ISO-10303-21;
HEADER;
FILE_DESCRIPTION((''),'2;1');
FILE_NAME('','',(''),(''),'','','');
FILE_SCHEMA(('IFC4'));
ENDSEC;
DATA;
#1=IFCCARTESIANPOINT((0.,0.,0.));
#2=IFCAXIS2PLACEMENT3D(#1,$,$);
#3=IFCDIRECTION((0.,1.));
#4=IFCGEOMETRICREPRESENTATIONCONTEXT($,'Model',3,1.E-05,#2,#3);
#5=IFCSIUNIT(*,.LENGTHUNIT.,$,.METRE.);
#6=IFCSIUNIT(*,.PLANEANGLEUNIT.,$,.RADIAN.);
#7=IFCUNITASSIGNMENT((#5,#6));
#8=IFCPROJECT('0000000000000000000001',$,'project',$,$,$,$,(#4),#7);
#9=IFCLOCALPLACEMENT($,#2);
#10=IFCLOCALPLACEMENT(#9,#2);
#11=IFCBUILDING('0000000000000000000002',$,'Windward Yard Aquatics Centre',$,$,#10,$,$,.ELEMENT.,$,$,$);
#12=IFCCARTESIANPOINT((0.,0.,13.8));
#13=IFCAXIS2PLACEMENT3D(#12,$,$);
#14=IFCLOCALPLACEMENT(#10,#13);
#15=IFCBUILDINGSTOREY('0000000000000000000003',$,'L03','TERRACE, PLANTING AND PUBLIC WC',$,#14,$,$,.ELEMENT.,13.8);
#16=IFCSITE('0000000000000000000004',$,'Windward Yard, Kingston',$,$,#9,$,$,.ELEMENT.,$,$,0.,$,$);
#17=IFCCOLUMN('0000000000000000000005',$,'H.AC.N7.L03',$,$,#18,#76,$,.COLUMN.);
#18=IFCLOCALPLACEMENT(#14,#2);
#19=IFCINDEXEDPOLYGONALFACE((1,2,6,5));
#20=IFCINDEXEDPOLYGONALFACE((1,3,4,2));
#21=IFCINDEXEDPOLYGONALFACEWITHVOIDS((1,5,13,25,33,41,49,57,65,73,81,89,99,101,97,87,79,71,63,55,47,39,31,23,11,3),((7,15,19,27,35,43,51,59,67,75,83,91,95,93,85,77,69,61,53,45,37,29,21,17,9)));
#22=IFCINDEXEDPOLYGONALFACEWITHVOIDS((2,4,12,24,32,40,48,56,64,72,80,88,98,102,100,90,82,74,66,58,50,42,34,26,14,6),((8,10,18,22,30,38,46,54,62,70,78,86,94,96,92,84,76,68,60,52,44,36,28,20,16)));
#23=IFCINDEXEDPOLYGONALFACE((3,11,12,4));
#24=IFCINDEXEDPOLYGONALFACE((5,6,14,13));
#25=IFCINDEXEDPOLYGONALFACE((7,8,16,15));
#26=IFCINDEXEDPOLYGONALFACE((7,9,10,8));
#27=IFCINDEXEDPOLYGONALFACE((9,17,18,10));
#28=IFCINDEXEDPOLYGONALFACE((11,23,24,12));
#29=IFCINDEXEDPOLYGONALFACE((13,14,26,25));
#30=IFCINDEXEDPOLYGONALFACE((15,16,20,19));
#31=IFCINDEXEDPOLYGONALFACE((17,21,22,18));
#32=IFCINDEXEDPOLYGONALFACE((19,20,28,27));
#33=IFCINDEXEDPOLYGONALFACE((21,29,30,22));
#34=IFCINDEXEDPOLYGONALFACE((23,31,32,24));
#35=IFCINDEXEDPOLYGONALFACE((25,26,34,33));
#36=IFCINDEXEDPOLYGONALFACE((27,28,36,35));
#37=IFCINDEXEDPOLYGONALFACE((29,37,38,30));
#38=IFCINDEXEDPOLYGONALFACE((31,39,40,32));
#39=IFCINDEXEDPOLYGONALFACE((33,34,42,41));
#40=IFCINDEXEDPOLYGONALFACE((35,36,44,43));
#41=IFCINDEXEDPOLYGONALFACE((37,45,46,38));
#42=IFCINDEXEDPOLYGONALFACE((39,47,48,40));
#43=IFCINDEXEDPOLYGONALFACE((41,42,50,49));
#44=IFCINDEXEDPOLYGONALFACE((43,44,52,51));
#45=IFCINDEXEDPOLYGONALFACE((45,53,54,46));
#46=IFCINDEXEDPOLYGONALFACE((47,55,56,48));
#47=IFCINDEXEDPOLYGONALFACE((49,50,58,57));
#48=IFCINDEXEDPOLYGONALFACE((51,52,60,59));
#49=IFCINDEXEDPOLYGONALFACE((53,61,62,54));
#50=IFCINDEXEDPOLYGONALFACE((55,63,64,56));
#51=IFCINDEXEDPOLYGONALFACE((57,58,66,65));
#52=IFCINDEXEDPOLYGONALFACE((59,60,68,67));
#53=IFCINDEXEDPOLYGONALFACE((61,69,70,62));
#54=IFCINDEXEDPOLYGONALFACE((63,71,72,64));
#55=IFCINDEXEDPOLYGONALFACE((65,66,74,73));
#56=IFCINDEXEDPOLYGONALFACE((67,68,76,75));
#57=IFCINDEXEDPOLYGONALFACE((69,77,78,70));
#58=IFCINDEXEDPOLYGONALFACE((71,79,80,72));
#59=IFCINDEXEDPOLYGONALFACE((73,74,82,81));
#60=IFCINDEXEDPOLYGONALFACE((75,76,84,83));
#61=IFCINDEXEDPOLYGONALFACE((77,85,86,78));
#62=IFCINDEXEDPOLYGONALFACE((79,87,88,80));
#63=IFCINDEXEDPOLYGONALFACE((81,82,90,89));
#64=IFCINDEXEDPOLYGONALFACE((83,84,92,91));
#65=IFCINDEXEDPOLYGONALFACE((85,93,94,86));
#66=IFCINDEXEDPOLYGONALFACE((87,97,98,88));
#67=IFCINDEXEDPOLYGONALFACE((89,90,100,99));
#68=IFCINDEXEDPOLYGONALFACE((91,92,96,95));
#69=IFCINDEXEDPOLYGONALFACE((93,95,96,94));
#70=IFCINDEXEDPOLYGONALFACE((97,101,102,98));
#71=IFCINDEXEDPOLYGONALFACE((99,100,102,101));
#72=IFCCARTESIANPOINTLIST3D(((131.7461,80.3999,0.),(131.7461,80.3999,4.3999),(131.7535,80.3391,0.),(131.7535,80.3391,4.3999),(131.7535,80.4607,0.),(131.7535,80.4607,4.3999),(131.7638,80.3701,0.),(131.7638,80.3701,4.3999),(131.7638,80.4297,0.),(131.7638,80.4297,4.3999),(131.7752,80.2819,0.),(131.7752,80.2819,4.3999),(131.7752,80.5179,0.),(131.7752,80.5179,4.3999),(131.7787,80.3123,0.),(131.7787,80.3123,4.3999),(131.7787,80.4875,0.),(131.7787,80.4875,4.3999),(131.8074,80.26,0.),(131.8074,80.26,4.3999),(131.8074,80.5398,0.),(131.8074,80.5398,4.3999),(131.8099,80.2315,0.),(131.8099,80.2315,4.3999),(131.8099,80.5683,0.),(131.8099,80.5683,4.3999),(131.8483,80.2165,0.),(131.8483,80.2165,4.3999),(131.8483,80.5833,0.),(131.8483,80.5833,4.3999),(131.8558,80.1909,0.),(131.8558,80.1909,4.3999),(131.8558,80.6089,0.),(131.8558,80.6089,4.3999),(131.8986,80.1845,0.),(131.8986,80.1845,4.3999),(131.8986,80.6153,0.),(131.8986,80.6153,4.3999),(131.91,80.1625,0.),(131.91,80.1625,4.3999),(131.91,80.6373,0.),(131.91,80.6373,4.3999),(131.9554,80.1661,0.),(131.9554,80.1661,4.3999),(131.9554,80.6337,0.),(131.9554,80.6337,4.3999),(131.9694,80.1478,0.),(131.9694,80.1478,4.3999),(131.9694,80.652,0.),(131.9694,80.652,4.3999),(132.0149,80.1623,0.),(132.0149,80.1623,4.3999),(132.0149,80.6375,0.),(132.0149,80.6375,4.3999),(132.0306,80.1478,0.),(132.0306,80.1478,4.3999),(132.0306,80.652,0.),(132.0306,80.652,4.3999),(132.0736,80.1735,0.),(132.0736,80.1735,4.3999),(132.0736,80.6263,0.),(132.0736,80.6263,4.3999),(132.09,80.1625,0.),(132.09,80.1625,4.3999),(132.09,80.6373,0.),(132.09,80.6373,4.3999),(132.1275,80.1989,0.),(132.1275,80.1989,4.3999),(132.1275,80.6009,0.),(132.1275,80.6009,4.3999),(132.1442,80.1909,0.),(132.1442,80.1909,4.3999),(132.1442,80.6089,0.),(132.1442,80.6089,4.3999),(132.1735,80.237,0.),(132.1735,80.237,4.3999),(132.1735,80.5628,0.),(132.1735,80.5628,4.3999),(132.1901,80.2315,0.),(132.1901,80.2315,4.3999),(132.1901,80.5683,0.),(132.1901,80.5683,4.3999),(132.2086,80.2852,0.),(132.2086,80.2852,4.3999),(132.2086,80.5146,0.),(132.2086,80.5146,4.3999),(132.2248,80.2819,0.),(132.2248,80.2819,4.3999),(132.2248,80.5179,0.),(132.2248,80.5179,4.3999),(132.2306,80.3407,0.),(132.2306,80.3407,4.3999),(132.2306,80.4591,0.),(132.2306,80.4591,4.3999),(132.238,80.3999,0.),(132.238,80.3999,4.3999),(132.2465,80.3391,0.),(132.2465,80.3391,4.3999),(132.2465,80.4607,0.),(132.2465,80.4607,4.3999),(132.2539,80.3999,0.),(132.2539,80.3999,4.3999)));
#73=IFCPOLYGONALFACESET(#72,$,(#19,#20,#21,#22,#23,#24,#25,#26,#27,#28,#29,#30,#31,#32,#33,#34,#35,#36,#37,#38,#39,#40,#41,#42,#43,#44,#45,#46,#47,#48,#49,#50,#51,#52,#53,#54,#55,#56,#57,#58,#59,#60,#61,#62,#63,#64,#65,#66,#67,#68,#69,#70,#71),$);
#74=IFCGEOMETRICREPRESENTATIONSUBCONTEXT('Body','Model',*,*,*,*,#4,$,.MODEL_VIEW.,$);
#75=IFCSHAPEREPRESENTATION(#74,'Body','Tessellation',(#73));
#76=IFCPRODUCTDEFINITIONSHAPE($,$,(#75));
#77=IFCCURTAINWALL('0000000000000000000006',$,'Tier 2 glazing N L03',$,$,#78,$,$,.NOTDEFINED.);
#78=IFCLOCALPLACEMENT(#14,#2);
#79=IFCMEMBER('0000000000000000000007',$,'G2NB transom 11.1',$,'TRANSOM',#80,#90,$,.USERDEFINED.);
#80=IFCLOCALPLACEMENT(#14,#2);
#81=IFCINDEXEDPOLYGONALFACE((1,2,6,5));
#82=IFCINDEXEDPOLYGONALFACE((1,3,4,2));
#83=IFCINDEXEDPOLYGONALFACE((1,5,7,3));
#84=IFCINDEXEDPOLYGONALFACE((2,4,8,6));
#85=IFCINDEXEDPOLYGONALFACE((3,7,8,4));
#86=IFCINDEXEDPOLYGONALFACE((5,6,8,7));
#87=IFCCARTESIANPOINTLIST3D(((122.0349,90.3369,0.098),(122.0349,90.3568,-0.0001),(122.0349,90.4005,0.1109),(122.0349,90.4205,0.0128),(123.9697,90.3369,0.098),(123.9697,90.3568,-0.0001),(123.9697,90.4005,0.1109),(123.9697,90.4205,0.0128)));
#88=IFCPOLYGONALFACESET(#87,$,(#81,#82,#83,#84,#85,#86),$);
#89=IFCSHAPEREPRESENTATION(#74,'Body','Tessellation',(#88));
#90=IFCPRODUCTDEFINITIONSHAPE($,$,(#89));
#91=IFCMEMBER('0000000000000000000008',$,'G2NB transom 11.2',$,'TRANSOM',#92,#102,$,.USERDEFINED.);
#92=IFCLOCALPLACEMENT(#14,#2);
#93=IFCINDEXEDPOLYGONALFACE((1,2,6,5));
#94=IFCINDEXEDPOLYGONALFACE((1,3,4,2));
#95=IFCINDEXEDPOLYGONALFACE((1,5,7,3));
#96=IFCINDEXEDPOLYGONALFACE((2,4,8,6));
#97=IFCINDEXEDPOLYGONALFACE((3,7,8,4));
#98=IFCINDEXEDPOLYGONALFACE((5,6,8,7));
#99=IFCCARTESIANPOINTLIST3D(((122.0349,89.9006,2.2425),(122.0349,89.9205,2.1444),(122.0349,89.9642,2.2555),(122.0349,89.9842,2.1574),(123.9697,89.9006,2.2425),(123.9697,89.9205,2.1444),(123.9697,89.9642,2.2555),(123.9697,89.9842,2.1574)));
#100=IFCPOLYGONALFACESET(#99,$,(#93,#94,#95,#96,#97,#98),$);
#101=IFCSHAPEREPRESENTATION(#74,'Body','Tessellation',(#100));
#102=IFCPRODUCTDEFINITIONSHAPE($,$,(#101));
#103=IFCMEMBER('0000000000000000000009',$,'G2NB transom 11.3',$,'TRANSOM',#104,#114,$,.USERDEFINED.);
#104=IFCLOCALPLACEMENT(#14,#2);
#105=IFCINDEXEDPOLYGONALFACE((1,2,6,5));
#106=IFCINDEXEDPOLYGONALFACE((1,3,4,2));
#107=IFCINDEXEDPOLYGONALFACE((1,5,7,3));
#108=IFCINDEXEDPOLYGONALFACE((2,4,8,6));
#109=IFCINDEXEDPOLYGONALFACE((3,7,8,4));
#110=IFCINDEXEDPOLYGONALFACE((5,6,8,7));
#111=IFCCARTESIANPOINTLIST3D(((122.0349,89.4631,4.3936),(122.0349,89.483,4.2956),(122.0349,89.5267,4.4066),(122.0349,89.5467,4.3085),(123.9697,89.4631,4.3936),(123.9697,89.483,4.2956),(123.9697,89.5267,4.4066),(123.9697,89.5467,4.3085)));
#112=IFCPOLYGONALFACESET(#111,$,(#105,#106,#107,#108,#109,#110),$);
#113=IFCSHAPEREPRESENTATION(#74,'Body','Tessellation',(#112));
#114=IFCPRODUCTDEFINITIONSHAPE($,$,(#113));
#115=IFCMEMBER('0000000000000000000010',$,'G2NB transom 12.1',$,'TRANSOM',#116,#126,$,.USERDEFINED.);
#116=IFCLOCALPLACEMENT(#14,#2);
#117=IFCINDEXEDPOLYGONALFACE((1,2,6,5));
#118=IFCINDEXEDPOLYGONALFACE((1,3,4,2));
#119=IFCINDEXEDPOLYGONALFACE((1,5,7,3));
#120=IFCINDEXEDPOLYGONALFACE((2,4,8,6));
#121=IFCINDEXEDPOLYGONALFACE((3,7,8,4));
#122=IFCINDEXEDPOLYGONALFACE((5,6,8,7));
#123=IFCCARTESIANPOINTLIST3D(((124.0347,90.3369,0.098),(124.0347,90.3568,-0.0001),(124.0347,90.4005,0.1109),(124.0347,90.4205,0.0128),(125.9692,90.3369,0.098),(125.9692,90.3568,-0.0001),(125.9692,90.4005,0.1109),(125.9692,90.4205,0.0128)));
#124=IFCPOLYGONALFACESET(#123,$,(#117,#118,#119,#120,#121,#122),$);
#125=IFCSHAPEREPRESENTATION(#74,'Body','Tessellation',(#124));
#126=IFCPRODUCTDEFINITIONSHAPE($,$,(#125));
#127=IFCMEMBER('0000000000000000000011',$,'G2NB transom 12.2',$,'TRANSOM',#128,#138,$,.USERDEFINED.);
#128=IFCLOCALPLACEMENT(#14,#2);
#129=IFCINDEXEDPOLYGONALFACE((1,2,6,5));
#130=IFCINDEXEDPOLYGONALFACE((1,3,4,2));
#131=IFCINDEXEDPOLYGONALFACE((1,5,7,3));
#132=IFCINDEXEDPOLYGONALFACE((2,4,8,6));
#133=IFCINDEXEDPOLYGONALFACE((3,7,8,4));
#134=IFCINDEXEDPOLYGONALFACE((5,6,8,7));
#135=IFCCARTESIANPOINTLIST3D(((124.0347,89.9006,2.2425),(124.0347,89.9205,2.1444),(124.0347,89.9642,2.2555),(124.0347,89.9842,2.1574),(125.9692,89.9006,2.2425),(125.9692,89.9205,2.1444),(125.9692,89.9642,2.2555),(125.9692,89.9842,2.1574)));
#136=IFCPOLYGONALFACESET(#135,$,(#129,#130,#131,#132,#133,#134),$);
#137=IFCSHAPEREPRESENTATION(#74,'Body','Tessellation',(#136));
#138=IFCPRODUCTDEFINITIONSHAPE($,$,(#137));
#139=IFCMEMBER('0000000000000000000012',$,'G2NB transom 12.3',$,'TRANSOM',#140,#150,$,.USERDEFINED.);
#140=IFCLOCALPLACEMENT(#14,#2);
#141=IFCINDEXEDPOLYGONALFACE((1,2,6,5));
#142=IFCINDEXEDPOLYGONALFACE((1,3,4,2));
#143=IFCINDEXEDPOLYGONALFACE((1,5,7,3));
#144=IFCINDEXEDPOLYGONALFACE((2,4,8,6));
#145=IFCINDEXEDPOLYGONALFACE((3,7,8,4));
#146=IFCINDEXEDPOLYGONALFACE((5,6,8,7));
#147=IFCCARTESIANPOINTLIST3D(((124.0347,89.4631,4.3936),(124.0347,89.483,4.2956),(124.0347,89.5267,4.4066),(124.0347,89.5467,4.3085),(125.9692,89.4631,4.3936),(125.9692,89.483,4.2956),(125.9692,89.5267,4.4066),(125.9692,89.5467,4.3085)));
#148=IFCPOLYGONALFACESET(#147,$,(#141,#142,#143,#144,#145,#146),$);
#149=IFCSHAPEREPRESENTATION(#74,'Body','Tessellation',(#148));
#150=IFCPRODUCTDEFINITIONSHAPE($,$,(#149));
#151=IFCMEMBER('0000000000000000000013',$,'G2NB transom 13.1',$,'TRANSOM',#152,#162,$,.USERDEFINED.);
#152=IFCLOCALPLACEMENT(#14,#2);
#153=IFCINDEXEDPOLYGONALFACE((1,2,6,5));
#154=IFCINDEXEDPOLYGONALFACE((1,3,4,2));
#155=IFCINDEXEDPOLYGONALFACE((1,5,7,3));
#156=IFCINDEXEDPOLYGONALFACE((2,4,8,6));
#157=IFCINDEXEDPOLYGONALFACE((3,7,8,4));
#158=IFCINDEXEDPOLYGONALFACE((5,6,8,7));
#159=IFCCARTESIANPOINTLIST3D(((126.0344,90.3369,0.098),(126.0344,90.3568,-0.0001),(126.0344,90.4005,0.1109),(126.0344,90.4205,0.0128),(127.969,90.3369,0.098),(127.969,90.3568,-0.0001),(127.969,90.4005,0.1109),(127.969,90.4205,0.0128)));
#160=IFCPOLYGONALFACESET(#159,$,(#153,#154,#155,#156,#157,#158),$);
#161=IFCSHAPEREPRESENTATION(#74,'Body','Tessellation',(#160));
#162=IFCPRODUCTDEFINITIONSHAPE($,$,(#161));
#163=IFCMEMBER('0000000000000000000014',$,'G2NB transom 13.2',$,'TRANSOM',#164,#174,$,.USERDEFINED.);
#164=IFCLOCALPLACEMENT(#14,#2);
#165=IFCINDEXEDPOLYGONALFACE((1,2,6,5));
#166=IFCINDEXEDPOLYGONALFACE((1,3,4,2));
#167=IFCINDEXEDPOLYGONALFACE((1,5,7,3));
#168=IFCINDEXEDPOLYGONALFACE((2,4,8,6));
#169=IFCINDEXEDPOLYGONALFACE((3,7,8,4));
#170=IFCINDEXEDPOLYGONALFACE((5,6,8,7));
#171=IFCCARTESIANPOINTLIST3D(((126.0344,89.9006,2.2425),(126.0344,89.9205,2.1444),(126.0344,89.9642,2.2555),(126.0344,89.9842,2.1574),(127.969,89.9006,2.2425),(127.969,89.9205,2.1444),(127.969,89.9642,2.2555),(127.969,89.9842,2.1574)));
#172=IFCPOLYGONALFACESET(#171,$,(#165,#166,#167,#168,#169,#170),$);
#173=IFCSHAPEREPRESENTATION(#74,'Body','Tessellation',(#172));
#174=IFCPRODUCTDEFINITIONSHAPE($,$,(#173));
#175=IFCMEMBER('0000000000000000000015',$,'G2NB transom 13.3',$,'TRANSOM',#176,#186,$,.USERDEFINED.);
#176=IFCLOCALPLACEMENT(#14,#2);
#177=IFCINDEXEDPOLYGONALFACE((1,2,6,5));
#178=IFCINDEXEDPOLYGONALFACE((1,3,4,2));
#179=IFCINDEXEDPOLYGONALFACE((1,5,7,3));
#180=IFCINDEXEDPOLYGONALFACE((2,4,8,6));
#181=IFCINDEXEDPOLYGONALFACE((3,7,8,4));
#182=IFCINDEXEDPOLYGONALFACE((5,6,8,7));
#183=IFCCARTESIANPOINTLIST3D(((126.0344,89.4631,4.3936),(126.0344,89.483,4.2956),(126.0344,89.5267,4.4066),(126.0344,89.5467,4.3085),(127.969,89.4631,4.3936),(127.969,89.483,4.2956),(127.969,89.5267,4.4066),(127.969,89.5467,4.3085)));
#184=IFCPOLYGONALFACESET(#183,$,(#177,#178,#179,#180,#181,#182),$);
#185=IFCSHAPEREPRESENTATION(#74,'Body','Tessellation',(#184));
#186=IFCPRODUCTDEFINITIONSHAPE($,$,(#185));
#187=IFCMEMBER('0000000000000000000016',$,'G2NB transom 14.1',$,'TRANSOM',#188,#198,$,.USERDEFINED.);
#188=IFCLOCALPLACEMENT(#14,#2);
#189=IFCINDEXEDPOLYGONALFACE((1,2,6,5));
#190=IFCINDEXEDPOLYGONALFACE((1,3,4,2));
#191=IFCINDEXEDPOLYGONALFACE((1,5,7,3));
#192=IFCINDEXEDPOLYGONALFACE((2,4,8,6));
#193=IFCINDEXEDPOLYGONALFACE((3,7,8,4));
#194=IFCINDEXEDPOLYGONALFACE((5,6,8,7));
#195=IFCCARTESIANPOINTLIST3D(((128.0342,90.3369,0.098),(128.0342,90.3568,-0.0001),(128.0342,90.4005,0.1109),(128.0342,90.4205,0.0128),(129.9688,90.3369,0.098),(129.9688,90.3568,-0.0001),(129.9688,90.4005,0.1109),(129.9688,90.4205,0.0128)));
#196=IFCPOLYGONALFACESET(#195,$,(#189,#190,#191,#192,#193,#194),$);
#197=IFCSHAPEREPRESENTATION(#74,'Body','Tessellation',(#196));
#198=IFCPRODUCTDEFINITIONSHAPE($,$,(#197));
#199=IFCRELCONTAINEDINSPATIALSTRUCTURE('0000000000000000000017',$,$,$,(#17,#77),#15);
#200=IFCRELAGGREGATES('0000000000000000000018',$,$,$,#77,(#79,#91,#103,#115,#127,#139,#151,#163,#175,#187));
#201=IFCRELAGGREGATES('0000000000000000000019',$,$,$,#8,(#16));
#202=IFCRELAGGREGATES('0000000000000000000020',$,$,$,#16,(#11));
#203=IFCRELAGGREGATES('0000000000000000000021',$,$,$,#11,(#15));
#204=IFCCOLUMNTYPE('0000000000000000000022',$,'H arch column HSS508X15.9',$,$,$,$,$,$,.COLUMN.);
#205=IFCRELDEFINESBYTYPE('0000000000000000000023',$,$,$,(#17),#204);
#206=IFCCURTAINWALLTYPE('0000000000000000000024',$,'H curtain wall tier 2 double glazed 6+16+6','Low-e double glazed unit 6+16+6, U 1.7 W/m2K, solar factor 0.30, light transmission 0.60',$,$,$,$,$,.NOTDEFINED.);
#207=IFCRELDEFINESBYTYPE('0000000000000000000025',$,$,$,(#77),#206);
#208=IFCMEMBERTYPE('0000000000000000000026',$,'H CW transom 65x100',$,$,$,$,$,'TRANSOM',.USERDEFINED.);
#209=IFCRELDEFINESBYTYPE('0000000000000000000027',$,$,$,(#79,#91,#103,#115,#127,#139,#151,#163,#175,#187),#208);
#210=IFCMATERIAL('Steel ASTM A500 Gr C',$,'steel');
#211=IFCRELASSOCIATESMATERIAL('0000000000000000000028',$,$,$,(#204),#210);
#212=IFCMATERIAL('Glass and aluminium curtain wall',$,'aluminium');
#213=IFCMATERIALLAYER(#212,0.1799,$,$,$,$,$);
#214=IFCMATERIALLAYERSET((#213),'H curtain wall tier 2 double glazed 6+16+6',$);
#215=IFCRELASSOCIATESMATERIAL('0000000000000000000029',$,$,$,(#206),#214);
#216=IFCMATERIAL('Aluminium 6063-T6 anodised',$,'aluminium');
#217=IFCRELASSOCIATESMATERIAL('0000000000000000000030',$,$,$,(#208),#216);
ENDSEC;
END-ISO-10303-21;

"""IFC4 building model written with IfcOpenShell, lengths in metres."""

from ifc_helpers import new_model, si_unit, direction, frame, origin, origin_2d, place, context, subcontext, project, spatial, rectangle, hollow_circle, extrude, material, layer, layer_set, material_profile, profile_set, type_object, element, aggregate, save


model = new_model("IFC4")

# Units and contexts
model_context = context("Model", 3, precision=1e-05, world=origin(), true_north=direction((0.0, 1.0)))
body_context = subcontext(model_context, "Body", "Model", "MODEL_VIEW")
ifc_project = project(units=[si_unit("LENGTHUNIT", "METRE"), si_unit("PLANEANGLEUNIT", "RADIAN")], contexts=[model_context])

# Site, building, storey
site_placement = place(None, origin())
site = spatial("IfcSite", under=ifc_project, at=site_placement, Name="Windward Yard, Kingston", CompositionType="ELEMENT", RefElevation=0.0)
building_placement = place(site_placement, origin())
building = spatial("IfcBuilding", under=site, at=building_placement, Name="Windward Yard Aquatics Centre", CompositionType="ELEMENT")
storey_placement = place(building_placement, frame((0.0, 0.0, 13.8)))
storey = spatial("IfcBuildingStorey", under=building, at=storey_placement, Name="L03", Description="TERRACE, PLANTING AND PUBLIC WC", CompositionType="ELEMENT", Elevation=13.8)

# Column
ifc_material_1 = material(Name="Steel ASTM A500 Gr C", Category="steel")
ifc_material_profile_1 = material_profile(ifc_material_1, hollow_circle(Radius=0.2539, WallThickness=0.0159, at=origin_2d()), Name="HSS508X15.9")
ifc_profile_set_1 = profile_set([ifc_material_profile_1], Name="Steel ASTM A500 Gr C")
column_type = type_object("IfcColumnType", Name="H arch column HSS508X15.9", PredefinedType="COLUMN", material=ifc_profile_set_1)
column_placement = place(storey_placement, frame((132.0, 80.3999, 0.0), z_axis=(0.0, 0.0, 1.0), x_axis=(1.0, 0.0, 0.0)))
element("IfcColumn", 1, at=column_placement, inside=storey, type_object=column_type, Name="H.AC.N7.L03", PredefinedType="COLUMN", context=body_context, shape_type="SweptSolid", body=[
    extrude(hollow_circle(Radius=0.2539, WallThickness=0.0159, at=origin_2d()), origin(), (0.0, 0.0, 1.0), 4.3999),
])

# Curtain wall, members
ifc_material_2 = material(Name="Glass and aluminium curtain wall", Category="aluminium")
ifc_layer_1 = layer(ifc_material_2, 0.1799)
ifc_layer_set_1 = layer_set([ifc_layer_1], Name="H curtain wall tier 2 double glazed 6+16+6")
curtain_wall_type = type_object("IfcCurtainWallType", Name="H curtain wall tier 2 double glazed 6+16+6", Description="Low-e double glazed unit 6+16+6, U 1.7 W/m2K, solar factor 0.30, light transmission 0.60", PredefinedType="NOTDEFINED", material=ifc_layer_set_1)
curtain_wall_placement = place(storey_placement, origin())
curtain_wall = element("IfcCurtainWall", 2, at=curtain_wall_placement, inside=storey, type_object=curtain_wall_type, Name="Tier 2 glazing N L03", PredefinedType="NOTDEFINED")
ifc_material_3 = material(Name="Aluminium 6063-T6 anodised", Category="aluminium")
ifc_material_profile_2 = material_profile(ifc_material_3, rectangle(XDim=0.0649, YDim=0.1001, at=origin_2d()), Name="H CW transom 65x100")
ifc_profile_set_2 = profile_set([ifc_material_profile_2], Name="Aluminium 6063-T6 anodised")
member_type_1 = type_object("IfcMemberType", Name="H CW transom 65x100", ElementType="TRANSOM", PredefinedType="USERDEFINED", material=ifc_profile_set_2)
member_1_placement = place(storey_placement, frame((122.0349, 90.3787, 0.0554), z_axis=(1.0, 0.0, 0.0), x_axis=(0.0, 0.979925, 0.199368)))
member_1 = element("IfcMember", 3, at=member_1_placement, type_object=member_type_1, Name="G2NB transom 11.1", ObjectType="TRANSOM", PredefinedType="USERDEFINED", context=body_context, shape_type="SweptSolid", body=[
    extrude(rectangle(XDim=0.0649, YDim=0.1001, at=origin_2d()), origin(), (0.0, 0.0, 1.0), 1.9348),
])
member_2_placement = place(storey_placement, frame((122.0349, 89.9424, 2.2), z_axis=(1.0, 0.0, 0.0), x_axis=(0.0, 0.979925, 0.199368)))
member_2 = element("IfcMember", 4, at=member_2_placement, type_object=member_type_1, Name="G2NB transom 11.2", ObjectType="TRANSOM", PredefinedType="USERDEFINED", context=body_context, shape_type="SweptSolid", body=[
    extrude(rectangle(XDim=0.0649, YDim=0.1001, at=origin_2d()), origin(), (0.0, 0.0, 1.0), 1.9348),
])
member_3_placement = place(storey_placement, frame((122.0349, 89.5049, 4.3511), z_axis=(1.0, 0.0, 0.0), x_axis=(0.0, 0.979925, 0.199368)))
member_3 = element("IfcMember", 5, at=member_3_placement, type_object=member_type_1, Name="G2NB transom 11.3", ObjectType="TRANSOM", PredefinedType="USERDEFINED", context=body_context, shape_type="SweptSolid", body=[
    extrude(rectangle(XDim=0.0649, YDim=0.1001, at=origin_2d()), origin(), (0.0, 0.0, 1.0), 1.9348),
])
member_4_placement = place(storey_placement, frame((124.0347, 90.3787, 0.0554), z_axis=(1.0, 0.0, 0.0), x_axis=(0.0, 0.979925, 0.199368)))
member_4 = element("IfcMember", 6, at=member_4_placement, type_object=member_type_1, Name="G2NB transom 12.1", ObjectType="TRANSOM", PredefinedType="USERDEFINED", context=body_context, shape_type="SweptSolid", body=[
    extrude(rectangle(XDim=0.0649, YDim=0.1001, at=origin_2d()), origin(), (0.0, 0.0, 1.0), 1.9346),
])
member_5_placement = place(storey_placement, frame((124.0347, 89.9424, 2.2), z_axis=(1.0, 0.0, 0.0), x_axis=(0.0, 0.979925, 0.199368)))
member_5 = element("IfcMember", 7, at=member_5_placement, type_object=member_type_1, Name="G2NB transom 12.2", ObjectType="TRANSOM", PredefinedType="USERDEFINED", context=body_context, shape_type="SweptSolid", body=[
    extrude(rectangle(XDim=0.0649, YDim=0.1001, at=origin_2d()), origin(), (0.0, 0.0, 1.0), 1.9346),
])
member_6_placement = place(storey_placement, frame((124.0347, 89.5049, 4.3511), z_axis=(1.0, 0.0, 0.0), x_axis=(0.0, 0.979925, 0.199368)))
member_6 = element("IfcMember", 8, at=member_6_placement, type_object=member_type_1, Name="G2NB transom 12.3", ObjectType="TRANSOM", PredefinedType="USERDEFINED", context=body_context, shape_type="SweptSolid", body=[
    extrude(rectangle(XDim=0.0649, YDim=0.1001, at=origin_2d()), origin(), (0.0, 0.0, 1.0), 1.9346),
])
member_7_placement = place(storey_placement, frame((126.0344, 90.3787, 0.0554), z_axis=(1.0, 0.0, 0.0), x_axis=(0.0, 0.979925, 0.199368)))
member_7 = element("IfcMember", 9, at=member_7_placement, type_object=member_type_1, Name="G2NB transom 13.1", ObjectType="TRANSOM", PredefinedType="USERDEFINED", context=body_context, shape_type="SweptSolid", body=[
    extrude(rectangle(XDim=0.0649, YDim=0.1001, at=origin_2d()), origin(), (0.0, 0.0, 1.0), 1.9346),
])
member_8_placement = place(storey_placement, frame((126.0344, 89.9424, 2.2), z_axis=(1.0, 0.0, 0.0), x_axis=(0.0, 0.979925, 0.199368)))
member_8 = element("IfcMember", 10, at=member_8_placement, type_object=member_type_1, Name="G2NB transom 13.2", ObjectType="TRANSOM", PredefinedType="USERDEFINED", context=body_context, shape_type="SweptSolid", body=[
    extrude(rectangle(XDim=0.0649, YDim=0.1001, at=origin_2d()), origin(), (0.0, 0.0, 1.0), 1.9346),
])
member_9_placement = place(storey_placement, frame((126.0344, 89.5049, 4.3511), z_axis=(1.0, 0.0, 0.0), x_axis=(0.0, 0.979925, 0.199368)))
member_9 = element("IfcMember", 11, at=member_9_placement, type_object=member_type_1, Name="G2NB transom 13.3", ObjectType="TRANSOM", PredefinedType="USERDEFINED", context=body_context, shape_type="SweptSolid", body=[
    extrude(rectangle(XDim=0.0649, YDim=0.1001, at=origin_2d()), origin(), (0.0, 0.0, 1.0), 1.9346),
])
member_10_placement = place(storey_placement, frame((128.0342, 90.3787, 0.0554), z_axis=(1.0, 0.0, 0.0), x_axis=(0.0, 0.979925, 0.199368)))
member_10 = element("IfcMember", 12, at=member_10_placement, type_object=member_type_1, Name="G2NB transom 14.1", ObjectType="TRANSOM", PredefinedType="USERDEFINED", context=body_context, shape_type="SweptSolid", body=[
    extrude(rectangle(XDim=0.0649, YDim=0.1001, at=origin_2d()), origin(), (0.0, 0.0, 1.0), 1.9346),
])

aggregate(curtain_wall, [member_1, member_2, member_3, member_4, member_5, member_6, member_7, member_8, member_9, member_10])

save(model, "model.ifc")
